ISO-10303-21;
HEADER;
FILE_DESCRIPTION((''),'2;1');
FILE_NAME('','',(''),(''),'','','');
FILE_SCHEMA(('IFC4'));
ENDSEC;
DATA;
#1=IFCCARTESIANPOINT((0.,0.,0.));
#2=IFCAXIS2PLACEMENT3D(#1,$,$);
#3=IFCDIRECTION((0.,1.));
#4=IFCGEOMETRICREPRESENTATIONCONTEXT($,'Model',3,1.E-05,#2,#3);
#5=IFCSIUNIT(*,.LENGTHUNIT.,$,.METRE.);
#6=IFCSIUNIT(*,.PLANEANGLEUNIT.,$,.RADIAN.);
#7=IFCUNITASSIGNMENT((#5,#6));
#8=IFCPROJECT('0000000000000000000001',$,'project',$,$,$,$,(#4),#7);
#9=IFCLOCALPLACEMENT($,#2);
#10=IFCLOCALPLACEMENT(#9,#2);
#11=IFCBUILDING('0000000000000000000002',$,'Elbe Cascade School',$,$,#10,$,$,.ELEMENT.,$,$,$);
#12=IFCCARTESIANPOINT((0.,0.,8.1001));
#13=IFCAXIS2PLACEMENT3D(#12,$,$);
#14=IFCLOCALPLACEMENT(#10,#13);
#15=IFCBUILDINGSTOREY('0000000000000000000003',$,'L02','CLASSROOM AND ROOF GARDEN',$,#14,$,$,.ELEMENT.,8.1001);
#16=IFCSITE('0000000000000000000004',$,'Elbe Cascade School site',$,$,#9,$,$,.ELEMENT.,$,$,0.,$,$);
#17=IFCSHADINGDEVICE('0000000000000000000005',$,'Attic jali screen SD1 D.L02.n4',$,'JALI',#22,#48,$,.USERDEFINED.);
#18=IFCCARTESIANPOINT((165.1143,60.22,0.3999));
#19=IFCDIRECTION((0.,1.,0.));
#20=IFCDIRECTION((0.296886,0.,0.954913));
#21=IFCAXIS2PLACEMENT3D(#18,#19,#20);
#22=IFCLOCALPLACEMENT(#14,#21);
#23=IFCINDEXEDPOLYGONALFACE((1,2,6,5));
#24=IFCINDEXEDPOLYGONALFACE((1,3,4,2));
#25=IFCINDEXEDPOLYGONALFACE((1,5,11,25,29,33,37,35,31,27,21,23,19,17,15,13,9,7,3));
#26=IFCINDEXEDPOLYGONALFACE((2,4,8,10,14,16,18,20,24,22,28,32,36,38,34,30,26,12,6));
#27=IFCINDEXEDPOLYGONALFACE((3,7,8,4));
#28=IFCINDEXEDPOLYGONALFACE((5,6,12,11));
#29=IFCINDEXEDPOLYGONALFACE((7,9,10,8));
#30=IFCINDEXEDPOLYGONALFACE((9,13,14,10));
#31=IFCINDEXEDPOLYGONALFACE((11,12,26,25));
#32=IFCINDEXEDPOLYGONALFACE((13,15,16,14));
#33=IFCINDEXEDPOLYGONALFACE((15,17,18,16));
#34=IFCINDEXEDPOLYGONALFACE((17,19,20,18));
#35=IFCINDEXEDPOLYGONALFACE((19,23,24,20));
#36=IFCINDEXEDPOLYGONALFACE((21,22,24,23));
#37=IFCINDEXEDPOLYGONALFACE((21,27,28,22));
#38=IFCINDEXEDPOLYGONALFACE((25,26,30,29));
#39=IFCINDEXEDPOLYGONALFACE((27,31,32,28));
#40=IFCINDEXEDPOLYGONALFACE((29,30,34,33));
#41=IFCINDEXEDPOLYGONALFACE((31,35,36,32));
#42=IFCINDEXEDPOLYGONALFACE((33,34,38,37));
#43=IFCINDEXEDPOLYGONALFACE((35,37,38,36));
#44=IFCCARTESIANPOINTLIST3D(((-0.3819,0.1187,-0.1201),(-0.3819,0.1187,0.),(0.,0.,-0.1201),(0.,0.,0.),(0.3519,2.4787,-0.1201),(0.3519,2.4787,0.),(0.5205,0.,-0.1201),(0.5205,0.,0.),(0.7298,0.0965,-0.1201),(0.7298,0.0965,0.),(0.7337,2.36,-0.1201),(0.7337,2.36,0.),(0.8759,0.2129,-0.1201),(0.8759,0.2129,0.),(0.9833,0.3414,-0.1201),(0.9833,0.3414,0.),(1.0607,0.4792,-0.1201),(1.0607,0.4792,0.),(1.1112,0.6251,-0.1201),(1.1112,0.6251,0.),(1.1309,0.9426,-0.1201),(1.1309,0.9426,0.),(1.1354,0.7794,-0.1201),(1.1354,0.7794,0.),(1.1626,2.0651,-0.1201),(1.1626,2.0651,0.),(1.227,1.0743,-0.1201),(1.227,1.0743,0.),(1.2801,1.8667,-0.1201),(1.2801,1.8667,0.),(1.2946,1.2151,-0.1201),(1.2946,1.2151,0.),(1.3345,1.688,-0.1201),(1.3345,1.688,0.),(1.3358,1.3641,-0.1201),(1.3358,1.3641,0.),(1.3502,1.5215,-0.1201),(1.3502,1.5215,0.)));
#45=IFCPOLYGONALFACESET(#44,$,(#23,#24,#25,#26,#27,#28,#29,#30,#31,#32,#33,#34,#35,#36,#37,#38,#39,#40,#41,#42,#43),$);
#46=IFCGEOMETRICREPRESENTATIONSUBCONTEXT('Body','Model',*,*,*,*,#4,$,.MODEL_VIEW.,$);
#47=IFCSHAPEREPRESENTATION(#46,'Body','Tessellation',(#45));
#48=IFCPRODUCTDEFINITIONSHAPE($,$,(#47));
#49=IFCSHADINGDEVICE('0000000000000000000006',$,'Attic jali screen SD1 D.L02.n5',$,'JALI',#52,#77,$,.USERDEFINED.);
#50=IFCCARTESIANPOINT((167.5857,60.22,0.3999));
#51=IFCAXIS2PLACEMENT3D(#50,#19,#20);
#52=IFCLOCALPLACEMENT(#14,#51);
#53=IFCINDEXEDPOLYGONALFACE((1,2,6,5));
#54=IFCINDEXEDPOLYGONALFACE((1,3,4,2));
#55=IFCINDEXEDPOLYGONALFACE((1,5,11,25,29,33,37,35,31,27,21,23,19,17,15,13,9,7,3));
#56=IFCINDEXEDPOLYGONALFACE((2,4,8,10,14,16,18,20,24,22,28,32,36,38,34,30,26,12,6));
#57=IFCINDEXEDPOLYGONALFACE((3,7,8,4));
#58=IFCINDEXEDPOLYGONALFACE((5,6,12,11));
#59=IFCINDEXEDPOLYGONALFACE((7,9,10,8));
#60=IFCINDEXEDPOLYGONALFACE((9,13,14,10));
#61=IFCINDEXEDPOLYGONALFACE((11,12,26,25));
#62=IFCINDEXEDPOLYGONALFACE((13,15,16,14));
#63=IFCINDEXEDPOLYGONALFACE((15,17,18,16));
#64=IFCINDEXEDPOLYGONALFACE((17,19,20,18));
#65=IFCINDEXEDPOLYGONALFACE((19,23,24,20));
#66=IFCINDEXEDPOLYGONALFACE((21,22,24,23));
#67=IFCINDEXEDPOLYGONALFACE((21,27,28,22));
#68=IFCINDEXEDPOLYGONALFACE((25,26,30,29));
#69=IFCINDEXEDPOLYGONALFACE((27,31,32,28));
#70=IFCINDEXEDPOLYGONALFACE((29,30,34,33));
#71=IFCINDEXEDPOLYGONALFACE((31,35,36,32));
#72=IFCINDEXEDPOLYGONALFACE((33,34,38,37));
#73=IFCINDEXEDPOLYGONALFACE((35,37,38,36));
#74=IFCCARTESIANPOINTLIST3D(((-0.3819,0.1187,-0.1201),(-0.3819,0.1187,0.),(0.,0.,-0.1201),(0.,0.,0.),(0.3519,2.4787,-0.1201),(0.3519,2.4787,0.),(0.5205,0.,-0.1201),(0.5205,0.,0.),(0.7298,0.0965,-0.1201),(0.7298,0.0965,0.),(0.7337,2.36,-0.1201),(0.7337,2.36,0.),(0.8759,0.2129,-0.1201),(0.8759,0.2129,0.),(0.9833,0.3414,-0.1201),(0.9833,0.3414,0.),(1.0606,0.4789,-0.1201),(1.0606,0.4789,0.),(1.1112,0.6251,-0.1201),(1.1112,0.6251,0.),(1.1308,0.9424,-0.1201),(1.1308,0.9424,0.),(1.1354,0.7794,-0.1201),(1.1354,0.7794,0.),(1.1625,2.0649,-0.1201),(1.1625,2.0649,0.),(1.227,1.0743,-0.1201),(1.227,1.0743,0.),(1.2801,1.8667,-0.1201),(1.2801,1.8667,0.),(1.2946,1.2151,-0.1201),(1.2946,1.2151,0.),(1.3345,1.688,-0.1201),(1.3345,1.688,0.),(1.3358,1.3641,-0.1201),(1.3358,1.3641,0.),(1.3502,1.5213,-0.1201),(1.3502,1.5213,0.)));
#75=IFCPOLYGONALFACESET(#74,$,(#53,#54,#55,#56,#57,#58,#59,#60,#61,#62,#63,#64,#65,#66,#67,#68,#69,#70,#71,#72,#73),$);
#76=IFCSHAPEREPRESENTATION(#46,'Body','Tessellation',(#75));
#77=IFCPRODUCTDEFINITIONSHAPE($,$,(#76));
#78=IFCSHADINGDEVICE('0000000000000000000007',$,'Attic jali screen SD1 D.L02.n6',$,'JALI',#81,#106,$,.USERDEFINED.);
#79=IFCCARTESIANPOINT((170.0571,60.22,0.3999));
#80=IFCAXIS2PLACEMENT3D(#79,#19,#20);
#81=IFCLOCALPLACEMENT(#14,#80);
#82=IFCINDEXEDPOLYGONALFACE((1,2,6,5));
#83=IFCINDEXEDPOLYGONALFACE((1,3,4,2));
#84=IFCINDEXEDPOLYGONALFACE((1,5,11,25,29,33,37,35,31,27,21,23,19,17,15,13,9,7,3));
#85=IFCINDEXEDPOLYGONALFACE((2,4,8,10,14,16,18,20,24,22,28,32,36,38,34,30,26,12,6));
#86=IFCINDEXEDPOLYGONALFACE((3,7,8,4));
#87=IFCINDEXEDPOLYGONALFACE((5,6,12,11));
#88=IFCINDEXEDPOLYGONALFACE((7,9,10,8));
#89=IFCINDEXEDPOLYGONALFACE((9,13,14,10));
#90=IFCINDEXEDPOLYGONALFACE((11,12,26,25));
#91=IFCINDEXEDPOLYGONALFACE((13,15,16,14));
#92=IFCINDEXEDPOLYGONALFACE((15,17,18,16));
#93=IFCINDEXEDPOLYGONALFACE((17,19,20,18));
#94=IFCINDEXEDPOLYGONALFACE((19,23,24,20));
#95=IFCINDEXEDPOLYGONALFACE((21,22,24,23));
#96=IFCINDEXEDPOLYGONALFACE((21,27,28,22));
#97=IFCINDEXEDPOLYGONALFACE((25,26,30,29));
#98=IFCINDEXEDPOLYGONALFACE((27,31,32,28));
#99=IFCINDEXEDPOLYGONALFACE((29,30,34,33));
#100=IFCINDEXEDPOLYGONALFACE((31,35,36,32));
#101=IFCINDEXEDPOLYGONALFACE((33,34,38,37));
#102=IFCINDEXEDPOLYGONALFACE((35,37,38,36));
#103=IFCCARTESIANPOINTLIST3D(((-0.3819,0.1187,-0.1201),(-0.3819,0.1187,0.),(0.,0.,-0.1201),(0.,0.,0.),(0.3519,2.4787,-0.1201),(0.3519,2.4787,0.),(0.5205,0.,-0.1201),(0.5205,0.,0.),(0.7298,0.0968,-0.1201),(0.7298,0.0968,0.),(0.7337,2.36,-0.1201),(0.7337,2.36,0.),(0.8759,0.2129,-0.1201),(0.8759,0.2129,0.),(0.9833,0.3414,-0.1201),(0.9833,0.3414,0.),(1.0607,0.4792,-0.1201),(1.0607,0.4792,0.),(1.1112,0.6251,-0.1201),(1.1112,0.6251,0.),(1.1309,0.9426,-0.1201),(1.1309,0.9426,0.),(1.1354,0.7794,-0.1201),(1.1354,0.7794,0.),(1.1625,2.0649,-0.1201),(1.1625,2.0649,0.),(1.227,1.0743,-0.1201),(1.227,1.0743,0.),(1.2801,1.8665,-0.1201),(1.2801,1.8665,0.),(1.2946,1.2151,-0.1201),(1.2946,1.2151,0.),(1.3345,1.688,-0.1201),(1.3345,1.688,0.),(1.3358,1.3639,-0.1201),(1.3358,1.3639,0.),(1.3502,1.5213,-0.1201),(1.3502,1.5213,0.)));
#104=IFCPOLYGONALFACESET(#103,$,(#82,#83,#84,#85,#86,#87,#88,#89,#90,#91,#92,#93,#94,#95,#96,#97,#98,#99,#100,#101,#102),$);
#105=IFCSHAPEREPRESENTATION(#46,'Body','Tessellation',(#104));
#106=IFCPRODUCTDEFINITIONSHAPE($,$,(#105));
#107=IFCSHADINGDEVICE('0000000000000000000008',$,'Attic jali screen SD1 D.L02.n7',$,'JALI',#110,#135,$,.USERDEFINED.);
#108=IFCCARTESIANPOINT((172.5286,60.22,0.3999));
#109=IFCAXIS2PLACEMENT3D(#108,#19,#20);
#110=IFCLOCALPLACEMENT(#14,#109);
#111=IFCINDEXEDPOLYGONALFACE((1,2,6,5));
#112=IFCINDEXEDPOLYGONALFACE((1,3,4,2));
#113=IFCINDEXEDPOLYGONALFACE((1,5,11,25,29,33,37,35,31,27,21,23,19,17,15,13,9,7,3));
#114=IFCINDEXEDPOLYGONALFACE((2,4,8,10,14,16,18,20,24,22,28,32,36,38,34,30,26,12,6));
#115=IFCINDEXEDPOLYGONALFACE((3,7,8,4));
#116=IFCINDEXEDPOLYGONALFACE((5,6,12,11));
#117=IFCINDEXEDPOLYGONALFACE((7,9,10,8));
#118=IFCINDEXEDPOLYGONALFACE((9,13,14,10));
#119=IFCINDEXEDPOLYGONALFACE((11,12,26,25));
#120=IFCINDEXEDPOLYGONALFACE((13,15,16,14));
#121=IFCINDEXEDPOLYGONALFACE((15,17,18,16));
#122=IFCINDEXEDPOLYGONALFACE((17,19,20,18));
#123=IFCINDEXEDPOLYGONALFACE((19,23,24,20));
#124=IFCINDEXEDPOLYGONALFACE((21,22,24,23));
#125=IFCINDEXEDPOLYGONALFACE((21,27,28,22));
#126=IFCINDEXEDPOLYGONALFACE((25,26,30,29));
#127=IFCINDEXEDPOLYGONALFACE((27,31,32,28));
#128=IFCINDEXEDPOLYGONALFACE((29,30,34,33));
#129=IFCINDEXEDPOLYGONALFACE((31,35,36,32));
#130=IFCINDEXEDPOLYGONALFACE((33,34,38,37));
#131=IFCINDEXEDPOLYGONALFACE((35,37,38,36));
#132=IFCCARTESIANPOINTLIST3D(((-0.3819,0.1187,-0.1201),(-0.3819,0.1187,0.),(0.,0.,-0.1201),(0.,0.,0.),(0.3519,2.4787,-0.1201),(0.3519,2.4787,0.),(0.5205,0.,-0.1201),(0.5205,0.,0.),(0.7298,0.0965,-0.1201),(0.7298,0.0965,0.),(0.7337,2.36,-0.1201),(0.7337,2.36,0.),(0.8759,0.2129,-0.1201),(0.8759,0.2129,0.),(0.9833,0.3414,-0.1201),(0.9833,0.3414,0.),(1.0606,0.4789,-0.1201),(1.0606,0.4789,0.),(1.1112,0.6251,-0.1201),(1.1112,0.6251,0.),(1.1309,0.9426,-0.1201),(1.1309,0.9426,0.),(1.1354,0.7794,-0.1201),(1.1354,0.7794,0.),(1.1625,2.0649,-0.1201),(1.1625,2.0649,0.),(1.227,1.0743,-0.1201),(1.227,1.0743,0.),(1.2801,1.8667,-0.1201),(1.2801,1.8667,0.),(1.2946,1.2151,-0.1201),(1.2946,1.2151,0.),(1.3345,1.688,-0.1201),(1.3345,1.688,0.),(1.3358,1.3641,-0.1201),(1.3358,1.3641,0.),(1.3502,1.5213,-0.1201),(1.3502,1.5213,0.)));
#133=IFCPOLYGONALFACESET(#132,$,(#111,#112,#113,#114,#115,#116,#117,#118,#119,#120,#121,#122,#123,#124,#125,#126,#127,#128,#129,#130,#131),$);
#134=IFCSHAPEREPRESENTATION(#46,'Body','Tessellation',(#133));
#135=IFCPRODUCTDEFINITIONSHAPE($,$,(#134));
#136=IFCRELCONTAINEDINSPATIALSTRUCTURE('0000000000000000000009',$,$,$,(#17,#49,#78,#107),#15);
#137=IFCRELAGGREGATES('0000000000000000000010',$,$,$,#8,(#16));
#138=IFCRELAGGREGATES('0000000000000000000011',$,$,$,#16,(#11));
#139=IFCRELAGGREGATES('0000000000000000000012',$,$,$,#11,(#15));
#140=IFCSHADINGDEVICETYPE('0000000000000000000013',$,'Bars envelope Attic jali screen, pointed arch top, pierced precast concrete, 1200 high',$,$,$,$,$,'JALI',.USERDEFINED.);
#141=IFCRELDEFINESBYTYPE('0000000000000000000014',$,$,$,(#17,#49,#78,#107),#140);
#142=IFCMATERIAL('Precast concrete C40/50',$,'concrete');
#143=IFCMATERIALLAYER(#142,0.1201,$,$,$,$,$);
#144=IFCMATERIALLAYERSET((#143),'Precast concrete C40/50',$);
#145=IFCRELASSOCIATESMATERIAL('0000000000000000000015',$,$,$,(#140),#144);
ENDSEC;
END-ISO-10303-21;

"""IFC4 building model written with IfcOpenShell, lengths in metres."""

from ifc_helpers import new_model, si_unit, direction, frame, origin, place, context, subcontext, project, spatial, polyline, outline, extrude, material, layer, layer_set, type_object, element, save


model = new_model("IFC4")

# Units and contexts
model_context = context("Model", 3, precision=1e-05, world=origin(), true_north=direction((0.0, 1.0)))
body_context = subcontext(model_context, "Body", "Model", "MODEL_VIEW")
ifc_project = project(units=[si_unit("LENGTHUNIT", "METRE"), si_unit("PLANEANGLEUNIT", "RADIAN")], contexts=[model_context])

# Site, building, storey
site_placement = place(None, origin())
site = spatial("IfcSite", under=ifc_project, at=site_placement, Name="Elbe Cascade School site", CompositionType="ELEMENT", RefElevation=0.0)
building_placement = place(site_placement, origin())
building = spatial("IfcBuilding", under=site, at=building_placement, Name="Elbe Cascade School", CompositionType="ELEMENT")
storey_placement = place(building_placement, frame((0.0, 0.0, 8.1001)))
storey = spatial("IfcBuildingStorey", under=building, at=storey_placement, Name="L02", Description="CLASSROOM AND ROOF GARDEN", CompositionType="ELEMENT", Elevation=8.1001)

# Shading devices
ifc_material_1 = material(Name="Precast concrete C40/50", Category="concrete")
ifc_layer_1 = layer(ifc_material_1, 0.1201)
ifc_layer_set_1 = layer_set([ifc_layer_1], Name="Precast concrete C40/50")
shading_device_type = type_object("IfcShadingDeviceType", Name="Bars envelope Attic jali screen, pointed arch top, pierced precast concrete, 1200 high", ElementType="JALI", PredefinedType="USERDEFINED", material=ifc_layer_set_1)
shading_device_1_placement = place(storey_placement, frame((165.1143, 60.22, 0.3999), z_axis=(0.0, 1.0, 0.0), x_axis=(0.296886, 0.0, 0.954913)))
element("IfcShadingDevice", 1, at=shading_device_1_placement, inside=storey, type_object=shading_device_type, Name="Attic jali screen SD1 D.L02.n4", ObjectType="JALI", PredefinedType="USERDEFINED", context=body_context, shape_type="SweptSolid", body=[
    extrude(outline(polyline([(0.0, 0.0), (0.5205, 0.0), (0.7298, 0.0965), (0.8759, 0.2129), (0.9833, 0.3414), (1.0607, 0.4792), (1.1112, 0.6251), (1.1354, 0.7794), (1.1309, 0.9426), (1.227, 1.0743), (1.2946, 1.2151), (1.3358, 1.3641), (1.3502, 1.5215), (1.3345, 1.688), (1.2801, 1.8667), (1.1626, 2.0651), (0.7337, 2.36), (0.3519, 2.4787), (-0.3819, 0.1187), (0.0, 0.0)])), origin(), (0.0, 0.0, -1.0), 0.1201),
])
shading_device_2_placement = place(storey_placement, frame((167.5857, 60.22, 0.3999), z_axis=(0.0, 1.0, 0.0), x_axis=(0.296886, 0.0, 0.954913)))
element("IfcShadingDevice", 2, at=shading_device_2_placement, inside=storey, type_object=shading_device_type, Name="Attic jali screen SD1 D.L02.n5", ObjectType="JALI", PredefinedType="USERDEFINED", context=body_context, shape_type="SweptSolid", body=[
    extrude(outline(polyline([(0.0, 0.0), (0.5205, 0.0), (0.7298, 0.0965), (0.8759, 0.2129), (0.9833, 0.3414), (1.0606, 0.4789), (1.1112, 0.6251), (1.1354, 0.7794), (1.1308, 0.9424), (1.227, 1.0743), (1.2946, 1.2151), (1.3358, 1.3641), (1.3502, 1.5213), (1.3345, 1.688), (1.2801, 1.8667), (1.1625, 2.0649), (0.7337, 2.36), (0.3519, 2.4787), (-0.3819, 0.1187), (0.0, 0.0)])), origin(), (0.0, 0.0, -1.0), 0.1201),
])
shading_device_3_placement = place(storey_placement, frame((170.0571, 60.22, 0.3999), z_axis=(0.0, 1.0, 0.0), x_axis=(0.296886, 0.0, 0.954913)))
element("IfcShadingDevice", 3, at=shading_device_3_placement, inside=storey, type_object=shading_device_type, Name="Attic jali screen SD1 D.L02.n6", ObjectType="JALI", PredefinedType="USERDEFINED", context=body_context, shape_type="SweptSolid", body=[
    extrude(outline(polyline([(0.0, 0.0), (0.5205, 0.0), (0.7298, 0.0968), (0.8759, 0.2129), (0.9833, 0.3414), (1.0607, 0.4792), (1.1112, 0.6251), (1.1354, 0.7794), (1.1309, 0.9426), (1.227, 1.0743), (1.2946, 1.2151), (1.3358, 1.3639), (1.3502, 1.5213), (1.3345, 1.688), (1.2801, 1.8665), (1.1625, 2.0649), (0.7337, 2.36), (0.3519, 2.4787), (-0.3819, 0.1187), (0.0, 0.0)])), origin(), (0.0, 0.0, -1.0), 0.1201),
])
shading_device_4_placement = place(storey_placement, frame((172.5286, 60.22, 0.3999), z_axis=(0.0, 1.0, 0.0), x_axis=(0.296886, 0.0, 0.954913)))
element("IfcShadingDevice", 4, at=shading_device_4_placement, inside=storey, type_object=shading_device_type, Name="Attic jali screen SD1 D.L02.n7", ObjectType="JALI", PredefinedType="USERDEFINED", context=body_context, shape_type="SweptSolid", body=[
    extrude(outline(polyline([(0.0, 0.0), (0.5205, 0.0), (0.7298, 0.0965), (0.8759, 0.2129), (0.9833, 0.3414), (1.0606, 0.4789), (1.1112, 0.6251), (1.1354, 0.7794), (1.1309, 0.9426), (1.227, 1.0743), (1.2946, 1.2151), (1.3358, 1.3641), (1.3502, 1.5213), (1.3345, 1.688), (1.2801, 1.8667), (1.1625, 2.0649), (0.7337, 2.36), (0.3519, 2.4787), (-0.3819, 0.1187), (0.0, 0.0)])), origin(), (0.0, 0.0, -1.0), 0.1201),
])

save(model, "model.ifc")
